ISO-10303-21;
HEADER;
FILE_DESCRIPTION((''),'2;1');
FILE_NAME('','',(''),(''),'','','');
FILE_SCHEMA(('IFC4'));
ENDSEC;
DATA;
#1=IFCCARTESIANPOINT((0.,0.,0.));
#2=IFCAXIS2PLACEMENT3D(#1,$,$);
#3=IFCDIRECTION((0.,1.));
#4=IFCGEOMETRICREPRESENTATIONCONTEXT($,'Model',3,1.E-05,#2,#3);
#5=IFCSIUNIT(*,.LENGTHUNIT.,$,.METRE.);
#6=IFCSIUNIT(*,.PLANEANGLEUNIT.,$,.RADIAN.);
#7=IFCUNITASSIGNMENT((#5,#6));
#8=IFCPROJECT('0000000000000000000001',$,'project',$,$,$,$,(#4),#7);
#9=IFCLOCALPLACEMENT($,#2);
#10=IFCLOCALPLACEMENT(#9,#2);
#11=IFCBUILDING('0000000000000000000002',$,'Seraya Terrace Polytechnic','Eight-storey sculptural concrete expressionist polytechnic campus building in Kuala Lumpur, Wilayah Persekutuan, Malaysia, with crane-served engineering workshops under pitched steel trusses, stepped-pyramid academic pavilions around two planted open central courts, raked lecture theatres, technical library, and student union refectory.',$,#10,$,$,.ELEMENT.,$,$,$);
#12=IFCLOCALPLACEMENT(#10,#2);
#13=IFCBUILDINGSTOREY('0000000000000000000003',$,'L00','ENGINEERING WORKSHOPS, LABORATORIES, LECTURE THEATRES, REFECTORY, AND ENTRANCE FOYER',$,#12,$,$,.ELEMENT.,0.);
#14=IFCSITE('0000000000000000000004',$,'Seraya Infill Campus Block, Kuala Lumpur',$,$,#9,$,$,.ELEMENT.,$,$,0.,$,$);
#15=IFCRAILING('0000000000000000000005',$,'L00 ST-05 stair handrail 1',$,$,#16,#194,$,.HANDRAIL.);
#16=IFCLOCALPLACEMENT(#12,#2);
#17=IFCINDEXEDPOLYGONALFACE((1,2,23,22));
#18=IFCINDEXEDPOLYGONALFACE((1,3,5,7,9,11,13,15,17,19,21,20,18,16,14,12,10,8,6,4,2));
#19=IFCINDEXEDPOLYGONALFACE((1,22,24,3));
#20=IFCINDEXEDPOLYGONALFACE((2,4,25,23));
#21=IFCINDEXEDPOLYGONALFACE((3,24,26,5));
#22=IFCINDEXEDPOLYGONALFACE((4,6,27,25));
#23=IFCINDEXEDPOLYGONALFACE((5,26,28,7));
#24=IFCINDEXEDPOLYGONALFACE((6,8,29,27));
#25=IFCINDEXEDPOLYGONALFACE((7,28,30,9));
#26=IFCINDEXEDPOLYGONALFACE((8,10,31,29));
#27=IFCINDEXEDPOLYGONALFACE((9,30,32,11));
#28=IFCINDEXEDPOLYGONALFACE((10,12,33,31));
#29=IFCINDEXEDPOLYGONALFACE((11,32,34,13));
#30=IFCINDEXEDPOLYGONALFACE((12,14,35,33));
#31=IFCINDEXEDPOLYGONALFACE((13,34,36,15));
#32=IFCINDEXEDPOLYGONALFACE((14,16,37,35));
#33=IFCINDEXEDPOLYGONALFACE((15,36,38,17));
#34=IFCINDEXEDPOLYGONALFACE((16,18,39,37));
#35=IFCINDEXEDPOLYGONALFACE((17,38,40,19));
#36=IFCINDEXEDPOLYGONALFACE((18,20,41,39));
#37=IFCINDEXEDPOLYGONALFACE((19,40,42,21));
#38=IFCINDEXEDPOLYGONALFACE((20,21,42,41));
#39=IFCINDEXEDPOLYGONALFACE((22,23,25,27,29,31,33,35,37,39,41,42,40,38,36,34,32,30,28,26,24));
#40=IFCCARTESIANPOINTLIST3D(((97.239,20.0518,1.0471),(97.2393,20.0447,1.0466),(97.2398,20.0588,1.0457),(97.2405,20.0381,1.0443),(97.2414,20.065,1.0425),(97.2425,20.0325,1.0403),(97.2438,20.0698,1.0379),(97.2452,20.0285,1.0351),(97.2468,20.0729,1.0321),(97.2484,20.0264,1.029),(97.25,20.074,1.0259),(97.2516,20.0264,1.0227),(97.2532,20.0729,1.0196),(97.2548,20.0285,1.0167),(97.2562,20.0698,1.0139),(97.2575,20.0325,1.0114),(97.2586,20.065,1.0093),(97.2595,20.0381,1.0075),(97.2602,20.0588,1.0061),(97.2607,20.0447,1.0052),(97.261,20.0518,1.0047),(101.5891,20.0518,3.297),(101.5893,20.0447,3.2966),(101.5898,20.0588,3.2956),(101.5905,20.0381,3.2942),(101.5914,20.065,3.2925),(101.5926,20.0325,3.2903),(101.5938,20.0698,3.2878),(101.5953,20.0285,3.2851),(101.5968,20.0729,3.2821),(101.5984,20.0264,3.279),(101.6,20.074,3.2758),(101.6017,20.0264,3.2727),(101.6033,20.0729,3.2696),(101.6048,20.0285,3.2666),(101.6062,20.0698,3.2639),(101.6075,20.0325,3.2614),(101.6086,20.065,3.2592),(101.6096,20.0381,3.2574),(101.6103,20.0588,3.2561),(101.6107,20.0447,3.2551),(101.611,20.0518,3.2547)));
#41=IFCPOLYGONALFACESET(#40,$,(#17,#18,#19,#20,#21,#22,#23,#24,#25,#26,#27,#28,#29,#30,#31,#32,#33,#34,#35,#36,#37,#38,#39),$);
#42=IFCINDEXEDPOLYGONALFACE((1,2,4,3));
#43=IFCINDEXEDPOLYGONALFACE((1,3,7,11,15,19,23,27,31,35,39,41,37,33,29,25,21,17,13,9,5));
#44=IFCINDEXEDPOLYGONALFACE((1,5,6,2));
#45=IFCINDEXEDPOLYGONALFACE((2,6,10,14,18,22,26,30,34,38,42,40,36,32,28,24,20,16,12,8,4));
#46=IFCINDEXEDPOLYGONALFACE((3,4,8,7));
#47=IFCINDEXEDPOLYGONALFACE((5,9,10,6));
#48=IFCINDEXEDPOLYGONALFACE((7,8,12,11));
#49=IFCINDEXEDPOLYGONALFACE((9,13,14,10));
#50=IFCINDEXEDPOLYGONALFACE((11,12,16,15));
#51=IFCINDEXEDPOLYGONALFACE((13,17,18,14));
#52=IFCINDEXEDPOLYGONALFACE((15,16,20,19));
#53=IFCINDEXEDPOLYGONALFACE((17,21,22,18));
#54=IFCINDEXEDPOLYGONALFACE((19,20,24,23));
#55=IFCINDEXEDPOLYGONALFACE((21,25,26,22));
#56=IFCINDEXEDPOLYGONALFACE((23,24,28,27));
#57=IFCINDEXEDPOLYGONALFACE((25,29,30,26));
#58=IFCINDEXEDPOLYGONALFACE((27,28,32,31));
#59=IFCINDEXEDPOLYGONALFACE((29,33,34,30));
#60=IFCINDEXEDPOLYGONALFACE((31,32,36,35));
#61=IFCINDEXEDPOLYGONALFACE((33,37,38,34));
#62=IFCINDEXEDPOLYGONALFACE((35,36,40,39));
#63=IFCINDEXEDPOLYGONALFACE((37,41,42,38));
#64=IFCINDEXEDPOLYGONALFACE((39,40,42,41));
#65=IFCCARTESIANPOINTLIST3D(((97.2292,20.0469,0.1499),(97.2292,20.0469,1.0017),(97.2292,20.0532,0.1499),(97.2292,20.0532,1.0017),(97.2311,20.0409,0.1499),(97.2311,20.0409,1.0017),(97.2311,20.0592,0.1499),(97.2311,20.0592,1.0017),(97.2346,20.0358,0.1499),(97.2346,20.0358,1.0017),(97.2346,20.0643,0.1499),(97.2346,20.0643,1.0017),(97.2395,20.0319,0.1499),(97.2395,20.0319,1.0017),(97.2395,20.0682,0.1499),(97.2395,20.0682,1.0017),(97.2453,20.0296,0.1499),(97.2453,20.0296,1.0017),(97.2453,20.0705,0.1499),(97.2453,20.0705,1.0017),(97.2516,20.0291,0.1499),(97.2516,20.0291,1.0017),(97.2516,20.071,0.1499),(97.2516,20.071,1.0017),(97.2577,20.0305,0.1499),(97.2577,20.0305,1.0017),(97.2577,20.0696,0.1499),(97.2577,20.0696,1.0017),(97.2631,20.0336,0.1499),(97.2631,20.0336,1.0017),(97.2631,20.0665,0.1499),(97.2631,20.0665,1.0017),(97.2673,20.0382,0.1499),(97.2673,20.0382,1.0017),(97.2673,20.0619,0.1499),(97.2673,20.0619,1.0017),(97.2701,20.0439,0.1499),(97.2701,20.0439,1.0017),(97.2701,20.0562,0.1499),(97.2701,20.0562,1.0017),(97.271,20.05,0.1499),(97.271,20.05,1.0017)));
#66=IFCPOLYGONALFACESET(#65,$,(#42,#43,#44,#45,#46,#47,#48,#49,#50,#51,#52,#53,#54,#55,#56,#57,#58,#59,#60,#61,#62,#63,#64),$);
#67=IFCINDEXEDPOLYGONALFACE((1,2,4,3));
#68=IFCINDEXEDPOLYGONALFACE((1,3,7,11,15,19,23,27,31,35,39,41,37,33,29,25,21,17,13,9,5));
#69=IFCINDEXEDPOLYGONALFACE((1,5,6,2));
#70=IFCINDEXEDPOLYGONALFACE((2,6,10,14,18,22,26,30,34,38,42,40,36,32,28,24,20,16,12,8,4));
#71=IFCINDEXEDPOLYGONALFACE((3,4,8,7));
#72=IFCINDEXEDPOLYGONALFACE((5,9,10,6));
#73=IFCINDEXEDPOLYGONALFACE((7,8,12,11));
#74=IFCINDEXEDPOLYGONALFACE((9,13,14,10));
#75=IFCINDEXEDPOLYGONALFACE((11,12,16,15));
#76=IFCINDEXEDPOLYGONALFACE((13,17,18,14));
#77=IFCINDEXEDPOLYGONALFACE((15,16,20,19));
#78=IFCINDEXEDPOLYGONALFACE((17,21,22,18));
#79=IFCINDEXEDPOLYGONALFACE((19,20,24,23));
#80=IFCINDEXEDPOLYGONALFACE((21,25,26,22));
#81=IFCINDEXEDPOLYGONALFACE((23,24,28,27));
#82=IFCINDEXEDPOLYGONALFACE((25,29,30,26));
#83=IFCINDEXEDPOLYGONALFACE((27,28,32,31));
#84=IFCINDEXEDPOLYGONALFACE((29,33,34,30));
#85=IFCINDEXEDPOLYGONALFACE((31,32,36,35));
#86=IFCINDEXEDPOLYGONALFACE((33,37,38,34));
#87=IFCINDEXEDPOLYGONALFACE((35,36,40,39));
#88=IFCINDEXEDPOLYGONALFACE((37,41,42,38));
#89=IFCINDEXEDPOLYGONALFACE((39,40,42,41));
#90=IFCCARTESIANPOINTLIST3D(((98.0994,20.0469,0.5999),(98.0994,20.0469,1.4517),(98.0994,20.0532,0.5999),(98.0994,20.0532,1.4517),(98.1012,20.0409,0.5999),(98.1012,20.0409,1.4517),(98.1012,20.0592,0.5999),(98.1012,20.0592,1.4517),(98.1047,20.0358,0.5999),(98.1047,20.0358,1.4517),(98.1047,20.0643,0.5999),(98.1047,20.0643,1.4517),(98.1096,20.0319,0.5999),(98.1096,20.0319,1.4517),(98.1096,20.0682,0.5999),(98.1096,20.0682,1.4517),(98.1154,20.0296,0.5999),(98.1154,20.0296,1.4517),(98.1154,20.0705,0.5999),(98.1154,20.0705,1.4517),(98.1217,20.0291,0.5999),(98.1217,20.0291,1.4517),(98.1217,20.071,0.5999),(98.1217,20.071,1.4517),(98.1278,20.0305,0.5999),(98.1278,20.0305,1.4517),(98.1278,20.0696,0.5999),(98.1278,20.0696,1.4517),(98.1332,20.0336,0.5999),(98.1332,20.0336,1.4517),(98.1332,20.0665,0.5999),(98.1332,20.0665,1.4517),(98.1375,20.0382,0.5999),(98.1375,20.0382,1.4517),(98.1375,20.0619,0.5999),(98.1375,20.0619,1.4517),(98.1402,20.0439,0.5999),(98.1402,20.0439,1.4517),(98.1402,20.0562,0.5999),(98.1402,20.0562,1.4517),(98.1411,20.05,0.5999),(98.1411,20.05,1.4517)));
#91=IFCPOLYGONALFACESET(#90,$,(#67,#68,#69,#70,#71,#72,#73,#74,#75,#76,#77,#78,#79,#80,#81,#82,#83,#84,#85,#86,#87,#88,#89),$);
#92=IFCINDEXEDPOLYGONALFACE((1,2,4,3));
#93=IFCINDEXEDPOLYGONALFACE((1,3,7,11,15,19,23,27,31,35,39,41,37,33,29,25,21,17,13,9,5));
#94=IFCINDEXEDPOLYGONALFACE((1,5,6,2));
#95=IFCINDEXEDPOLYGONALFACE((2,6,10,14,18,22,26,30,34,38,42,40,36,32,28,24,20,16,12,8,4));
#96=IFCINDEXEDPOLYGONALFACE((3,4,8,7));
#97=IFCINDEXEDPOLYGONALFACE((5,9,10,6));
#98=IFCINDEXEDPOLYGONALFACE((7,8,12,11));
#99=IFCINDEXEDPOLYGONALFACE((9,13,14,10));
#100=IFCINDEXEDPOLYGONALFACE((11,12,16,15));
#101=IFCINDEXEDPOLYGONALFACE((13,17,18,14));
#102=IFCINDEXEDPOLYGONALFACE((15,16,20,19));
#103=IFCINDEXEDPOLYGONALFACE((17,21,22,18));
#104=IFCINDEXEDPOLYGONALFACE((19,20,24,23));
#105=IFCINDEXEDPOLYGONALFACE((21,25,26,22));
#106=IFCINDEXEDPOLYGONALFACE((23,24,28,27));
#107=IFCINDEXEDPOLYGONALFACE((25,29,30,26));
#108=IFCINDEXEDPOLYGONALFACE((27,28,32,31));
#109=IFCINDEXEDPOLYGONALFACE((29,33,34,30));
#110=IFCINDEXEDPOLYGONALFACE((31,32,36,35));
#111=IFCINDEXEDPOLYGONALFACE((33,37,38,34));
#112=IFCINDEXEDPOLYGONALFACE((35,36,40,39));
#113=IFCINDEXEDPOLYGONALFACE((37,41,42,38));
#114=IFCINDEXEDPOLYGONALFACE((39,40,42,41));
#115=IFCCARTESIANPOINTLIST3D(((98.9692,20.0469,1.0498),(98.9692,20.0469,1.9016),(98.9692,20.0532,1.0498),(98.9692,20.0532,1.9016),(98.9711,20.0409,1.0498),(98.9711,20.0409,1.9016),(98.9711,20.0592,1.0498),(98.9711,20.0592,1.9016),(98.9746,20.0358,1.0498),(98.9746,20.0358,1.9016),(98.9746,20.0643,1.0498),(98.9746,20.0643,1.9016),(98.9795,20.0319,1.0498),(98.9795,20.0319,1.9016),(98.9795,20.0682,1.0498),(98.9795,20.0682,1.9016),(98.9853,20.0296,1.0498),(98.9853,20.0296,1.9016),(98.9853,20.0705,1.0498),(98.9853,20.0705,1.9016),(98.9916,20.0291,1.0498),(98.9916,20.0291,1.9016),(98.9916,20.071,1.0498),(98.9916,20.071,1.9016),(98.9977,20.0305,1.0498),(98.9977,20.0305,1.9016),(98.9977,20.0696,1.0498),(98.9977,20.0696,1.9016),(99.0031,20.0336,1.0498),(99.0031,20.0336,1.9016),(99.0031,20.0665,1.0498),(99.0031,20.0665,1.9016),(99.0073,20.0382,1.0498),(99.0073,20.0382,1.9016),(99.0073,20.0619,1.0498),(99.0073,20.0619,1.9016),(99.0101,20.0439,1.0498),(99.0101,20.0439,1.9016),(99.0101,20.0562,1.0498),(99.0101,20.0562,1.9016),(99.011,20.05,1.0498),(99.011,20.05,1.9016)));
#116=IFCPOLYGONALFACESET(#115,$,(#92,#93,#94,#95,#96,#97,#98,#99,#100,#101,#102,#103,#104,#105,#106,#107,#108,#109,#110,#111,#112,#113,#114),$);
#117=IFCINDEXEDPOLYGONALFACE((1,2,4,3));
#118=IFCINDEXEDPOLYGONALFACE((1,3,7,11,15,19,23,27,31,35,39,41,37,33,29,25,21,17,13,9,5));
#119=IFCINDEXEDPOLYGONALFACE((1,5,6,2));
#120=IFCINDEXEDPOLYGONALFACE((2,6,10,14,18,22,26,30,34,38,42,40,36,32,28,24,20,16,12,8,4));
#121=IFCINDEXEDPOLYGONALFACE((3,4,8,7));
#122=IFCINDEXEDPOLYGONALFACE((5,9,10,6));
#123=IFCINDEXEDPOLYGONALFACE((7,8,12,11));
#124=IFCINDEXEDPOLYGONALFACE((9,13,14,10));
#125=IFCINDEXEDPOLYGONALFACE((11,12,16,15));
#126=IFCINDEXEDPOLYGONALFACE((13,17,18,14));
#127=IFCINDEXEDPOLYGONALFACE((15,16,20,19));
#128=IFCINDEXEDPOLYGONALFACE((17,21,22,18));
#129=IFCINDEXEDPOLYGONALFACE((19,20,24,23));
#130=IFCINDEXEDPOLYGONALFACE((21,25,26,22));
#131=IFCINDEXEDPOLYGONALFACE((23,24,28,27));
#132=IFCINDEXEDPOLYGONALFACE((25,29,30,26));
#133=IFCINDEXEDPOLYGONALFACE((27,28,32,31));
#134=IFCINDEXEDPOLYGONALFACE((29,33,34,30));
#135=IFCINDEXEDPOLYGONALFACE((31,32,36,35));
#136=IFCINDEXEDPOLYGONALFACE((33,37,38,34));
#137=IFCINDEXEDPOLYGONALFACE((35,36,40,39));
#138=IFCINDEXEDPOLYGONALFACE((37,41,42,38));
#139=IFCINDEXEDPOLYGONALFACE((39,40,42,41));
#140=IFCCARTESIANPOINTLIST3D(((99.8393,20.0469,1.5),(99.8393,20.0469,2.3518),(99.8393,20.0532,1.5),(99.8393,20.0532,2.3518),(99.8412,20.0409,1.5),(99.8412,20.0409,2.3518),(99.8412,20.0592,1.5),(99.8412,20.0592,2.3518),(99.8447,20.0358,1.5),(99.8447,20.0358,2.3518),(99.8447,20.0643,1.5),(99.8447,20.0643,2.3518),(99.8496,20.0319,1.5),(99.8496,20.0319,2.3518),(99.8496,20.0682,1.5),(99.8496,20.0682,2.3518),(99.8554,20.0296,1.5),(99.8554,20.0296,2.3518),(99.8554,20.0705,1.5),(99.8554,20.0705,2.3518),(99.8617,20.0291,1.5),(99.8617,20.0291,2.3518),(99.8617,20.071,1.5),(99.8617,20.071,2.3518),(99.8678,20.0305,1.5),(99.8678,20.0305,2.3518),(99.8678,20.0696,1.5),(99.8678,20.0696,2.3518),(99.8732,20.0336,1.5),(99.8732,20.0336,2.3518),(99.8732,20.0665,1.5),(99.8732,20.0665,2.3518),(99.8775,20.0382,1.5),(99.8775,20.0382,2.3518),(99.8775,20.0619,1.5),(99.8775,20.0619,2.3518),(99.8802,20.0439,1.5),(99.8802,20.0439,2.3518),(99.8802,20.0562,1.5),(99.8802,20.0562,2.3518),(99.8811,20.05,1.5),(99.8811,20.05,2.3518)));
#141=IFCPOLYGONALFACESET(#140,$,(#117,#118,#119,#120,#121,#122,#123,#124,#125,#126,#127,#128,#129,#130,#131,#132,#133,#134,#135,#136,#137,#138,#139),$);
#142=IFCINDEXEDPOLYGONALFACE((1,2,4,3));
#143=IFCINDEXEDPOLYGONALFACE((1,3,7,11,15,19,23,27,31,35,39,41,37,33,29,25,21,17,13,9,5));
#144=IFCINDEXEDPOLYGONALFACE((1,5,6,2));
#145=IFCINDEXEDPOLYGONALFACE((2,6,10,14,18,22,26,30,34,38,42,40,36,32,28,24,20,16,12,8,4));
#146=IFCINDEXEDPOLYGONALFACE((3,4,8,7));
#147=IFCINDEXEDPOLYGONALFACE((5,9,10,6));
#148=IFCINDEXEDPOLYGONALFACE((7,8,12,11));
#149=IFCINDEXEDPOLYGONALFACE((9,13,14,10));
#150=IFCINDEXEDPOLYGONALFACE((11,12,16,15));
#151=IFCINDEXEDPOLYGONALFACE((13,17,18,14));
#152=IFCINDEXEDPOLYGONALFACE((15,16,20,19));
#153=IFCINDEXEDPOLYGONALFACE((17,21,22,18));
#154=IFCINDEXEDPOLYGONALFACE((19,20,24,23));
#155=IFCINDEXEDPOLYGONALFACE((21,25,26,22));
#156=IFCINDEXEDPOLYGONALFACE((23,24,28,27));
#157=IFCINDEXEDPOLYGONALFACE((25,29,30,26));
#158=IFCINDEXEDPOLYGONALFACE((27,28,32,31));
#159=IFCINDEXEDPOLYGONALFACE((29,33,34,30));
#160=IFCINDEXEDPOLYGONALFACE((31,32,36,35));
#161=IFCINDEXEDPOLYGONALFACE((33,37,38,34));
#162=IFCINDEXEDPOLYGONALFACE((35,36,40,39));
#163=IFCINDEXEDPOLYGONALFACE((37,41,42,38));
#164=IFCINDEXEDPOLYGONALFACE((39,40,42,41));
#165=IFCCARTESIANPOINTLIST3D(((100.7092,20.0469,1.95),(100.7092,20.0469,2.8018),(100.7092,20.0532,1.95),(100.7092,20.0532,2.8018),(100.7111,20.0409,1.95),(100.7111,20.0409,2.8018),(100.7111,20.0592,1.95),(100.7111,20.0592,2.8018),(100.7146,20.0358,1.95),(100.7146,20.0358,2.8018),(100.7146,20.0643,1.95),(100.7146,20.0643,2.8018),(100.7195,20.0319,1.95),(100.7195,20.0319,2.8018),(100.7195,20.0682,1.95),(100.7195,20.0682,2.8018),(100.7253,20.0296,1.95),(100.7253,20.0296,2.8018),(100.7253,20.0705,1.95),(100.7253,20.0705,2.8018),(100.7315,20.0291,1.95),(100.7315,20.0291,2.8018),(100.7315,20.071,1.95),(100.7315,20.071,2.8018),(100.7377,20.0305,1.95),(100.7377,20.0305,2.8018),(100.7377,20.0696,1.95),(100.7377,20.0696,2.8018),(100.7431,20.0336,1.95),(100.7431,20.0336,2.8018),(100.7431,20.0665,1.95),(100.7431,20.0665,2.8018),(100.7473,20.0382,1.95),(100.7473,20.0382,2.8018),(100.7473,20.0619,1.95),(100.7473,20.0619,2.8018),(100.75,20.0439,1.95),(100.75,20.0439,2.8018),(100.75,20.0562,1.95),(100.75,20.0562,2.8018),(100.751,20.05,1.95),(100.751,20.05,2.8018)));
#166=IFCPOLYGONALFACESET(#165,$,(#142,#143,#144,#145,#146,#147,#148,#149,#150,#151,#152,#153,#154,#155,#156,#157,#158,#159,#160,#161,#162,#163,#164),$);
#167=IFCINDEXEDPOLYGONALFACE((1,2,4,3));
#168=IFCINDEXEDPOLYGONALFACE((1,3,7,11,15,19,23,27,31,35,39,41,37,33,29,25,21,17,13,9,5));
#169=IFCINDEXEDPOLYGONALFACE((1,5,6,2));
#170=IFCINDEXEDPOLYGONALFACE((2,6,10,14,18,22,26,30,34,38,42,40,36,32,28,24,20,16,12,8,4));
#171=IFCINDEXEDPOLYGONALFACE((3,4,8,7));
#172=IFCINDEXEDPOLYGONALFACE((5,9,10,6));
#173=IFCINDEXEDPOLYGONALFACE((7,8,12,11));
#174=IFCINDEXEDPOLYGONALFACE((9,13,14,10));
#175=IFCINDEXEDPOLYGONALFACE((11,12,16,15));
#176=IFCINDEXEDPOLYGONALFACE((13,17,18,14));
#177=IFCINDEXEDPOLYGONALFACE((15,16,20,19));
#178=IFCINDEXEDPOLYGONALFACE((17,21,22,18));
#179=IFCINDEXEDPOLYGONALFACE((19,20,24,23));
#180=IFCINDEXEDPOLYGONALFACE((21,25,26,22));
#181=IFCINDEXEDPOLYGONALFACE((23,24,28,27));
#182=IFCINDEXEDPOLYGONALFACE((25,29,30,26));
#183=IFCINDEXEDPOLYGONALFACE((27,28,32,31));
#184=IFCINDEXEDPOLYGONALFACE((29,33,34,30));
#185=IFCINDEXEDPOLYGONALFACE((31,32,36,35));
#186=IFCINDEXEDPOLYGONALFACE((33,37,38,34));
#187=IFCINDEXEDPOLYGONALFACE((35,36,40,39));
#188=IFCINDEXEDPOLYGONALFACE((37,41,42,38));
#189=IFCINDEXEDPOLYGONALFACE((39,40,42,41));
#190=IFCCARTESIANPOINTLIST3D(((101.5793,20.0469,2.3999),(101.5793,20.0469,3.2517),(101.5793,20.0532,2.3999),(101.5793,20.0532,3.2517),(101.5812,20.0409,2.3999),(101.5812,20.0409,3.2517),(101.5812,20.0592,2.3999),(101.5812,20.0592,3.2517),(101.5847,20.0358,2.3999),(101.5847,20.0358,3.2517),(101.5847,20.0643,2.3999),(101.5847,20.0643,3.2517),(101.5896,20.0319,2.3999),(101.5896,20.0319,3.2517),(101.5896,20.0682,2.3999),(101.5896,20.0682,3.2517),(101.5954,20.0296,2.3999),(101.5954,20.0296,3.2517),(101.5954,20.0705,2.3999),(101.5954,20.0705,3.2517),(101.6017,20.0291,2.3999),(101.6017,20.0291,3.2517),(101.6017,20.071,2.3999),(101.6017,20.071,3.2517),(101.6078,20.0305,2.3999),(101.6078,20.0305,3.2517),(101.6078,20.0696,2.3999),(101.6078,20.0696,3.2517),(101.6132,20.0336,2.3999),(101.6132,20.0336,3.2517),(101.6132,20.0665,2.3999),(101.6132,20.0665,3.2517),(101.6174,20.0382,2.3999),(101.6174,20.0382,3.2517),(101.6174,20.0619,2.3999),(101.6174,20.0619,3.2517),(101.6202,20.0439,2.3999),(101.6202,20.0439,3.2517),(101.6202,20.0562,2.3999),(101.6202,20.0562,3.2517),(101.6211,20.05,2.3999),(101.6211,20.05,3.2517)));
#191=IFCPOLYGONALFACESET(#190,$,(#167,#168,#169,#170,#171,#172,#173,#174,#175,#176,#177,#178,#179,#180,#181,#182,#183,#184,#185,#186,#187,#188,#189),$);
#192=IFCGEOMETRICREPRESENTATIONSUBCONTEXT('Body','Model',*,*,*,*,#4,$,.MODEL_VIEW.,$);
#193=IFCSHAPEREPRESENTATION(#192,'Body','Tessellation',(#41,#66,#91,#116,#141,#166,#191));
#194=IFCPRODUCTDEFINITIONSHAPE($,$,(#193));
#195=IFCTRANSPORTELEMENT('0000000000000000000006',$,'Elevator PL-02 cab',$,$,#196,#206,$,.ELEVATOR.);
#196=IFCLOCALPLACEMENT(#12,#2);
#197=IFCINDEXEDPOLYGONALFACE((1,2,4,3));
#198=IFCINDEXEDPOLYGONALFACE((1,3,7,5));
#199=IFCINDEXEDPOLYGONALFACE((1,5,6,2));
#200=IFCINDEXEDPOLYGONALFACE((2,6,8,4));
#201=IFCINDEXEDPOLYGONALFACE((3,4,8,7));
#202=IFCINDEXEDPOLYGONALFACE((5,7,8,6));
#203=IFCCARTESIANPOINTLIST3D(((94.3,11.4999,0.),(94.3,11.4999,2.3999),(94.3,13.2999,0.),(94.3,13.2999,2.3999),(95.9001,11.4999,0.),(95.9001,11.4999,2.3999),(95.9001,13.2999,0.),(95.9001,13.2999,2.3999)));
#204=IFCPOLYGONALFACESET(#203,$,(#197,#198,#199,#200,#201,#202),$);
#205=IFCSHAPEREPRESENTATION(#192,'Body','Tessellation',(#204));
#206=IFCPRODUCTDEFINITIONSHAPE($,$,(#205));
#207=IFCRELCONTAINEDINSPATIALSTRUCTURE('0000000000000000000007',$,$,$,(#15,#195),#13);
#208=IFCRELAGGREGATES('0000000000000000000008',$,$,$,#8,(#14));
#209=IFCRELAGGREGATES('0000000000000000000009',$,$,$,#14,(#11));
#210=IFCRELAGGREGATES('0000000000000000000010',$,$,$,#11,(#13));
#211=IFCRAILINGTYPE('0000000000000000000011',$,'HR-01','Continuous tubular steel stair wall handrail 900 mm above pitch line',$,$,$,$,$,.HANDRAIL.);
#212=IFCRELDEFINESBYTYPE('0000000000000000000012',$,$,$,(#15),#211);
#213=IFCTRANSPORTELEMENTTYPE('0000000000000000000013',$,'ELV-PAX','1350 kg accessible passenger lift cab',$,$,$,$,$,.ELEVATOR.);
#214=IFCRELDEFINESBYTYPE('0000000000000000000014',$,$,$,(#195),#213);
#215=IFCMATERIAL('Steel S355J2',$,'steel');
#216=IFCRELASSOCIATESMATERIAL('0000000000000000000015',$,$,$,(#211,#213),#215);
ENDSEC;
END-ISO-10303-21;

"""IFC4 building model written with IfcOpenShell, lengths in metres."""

from ifc_helpers import new_model, si_unit, direction, frame, origin, origin_2d, place, context, subcontext, project, spatial, rectangle, circle, extrude, material, type_object, element, save


model = new_model("IFC4")

# Units and contexts
model_context = context("Model", 3, precision=1e-05, world=origin(), true_north=direction((0.0, 1.0)))
body_context = subcontext(model_context, "Body", "Model", "MODEL_VIEW")
ifc_project = project(units=[si_unit("LENGTHUNIT", "METRE"), si_unit("PLANEANGLEUNIT", "RADIAN")], contexts=[model_context])

# Site, building, storey
site_placement = place(None, origin())
site = spatial("IfcSite", under=ifc_project, at=site_placement, Name="Seraya Infill Campus Block, Kuala Lumpur", CompositionType="ELEMENT", RefElevation=0.0)
building_placement = place(site_placement, origin())
building = spatial("IfcBuilding", under=site, at=building_placement, Name="Seraya Terrace Polytechnic", Description="Eight-storey sculptural concrete expressionist polytechnic campus building in Kuala Lumpur, Wilayah Persekutuan, Malaysia, with crane-served engineering workshops under pitched steel trusses, stepped-pyramid academic pavilions around two planted open central courts, raked lecture theatres, technical library, and student union refectory.", CompositionType="ELEMENT")
storey_placement = place(building_placement, origin())
storey = spatial("IfcBuildingStorey", under=building, at=storey_placement, Name="L00", Description="ENGINEERING WORKSHOPS, LABORATORIES, LECTURE THEATRES, REFECTORY, AND ENTRANCE FOYER", CompositionType="ELEMENT", Elevation=0.0)

# Shared definitions
ifc_material_1 = material(Name="Steel S355J2", Category="steel")

# Railing
railing_type = type_object("IfcRailingType", Name="HR-01", Description="Continuous tubular steel stair wall handrail 900 mm above pitch line", PredefinedType="HANDRAIL", material=ifc_material_1)
railing_placement = place(storey_placement, frame((97.25, 20.05, 0.1499)))
element("IfcRailing", 1, at=railing_placement, inside=storey, type_object=railing_type, Name="L00 ST-05 stair handrail 1", PredefinedType="HANDRAIL", context=body_context, shape_type="SweptSolid", body=[
    extrude(circle(Radius=0.0239, at=origin_2d()), frame((0.0, 0.0, 0.876), z_axis=(0.888222, 0.0, 0.459415), x_axis=(0.0, 1.0, 0.0)), (0.0, 0.0, 1.0), 4.8975),
    extrude(circle(Radius=0.021, at=origin_2d()), origin(), (0.0, 0.0, 1.0), 0.8518),
    extrude(circle(Radius=0.021, at=origin_2d()), frame((0.8701, 0.0, 0.45)), (0.0, 0.0, 1.0), 0.8518),
    extrude(circle(Radius=0.021, at=origin_2d()), frame((1.74, 0.0, 0.8999)), (0.0, 0.0, 1.0), 0.8518),
    extrude(circle(Radius=0.021, at=origin_2d()), frame((2.6101, 0.0, 1.3501)), (0.0, 0.0, 1.0), 0.8518),
    extrude(circle(Radius=0.021, at=origin_2d()), frame((3.48, 0.0, 1.8)), (0.0, 0.0, 1.0), 0.8518),
    extrude(circle(Radius=0.021, at=origin_2d()), frame((4.3501, 0.0, 2.25)), (0.0, 0.0, 1.0), 0.8518),
])

# Transport element
transport_element_type = type_object("IfcTransportElementType", Name="ELV-PAX", Description="1350 kg accessible passenger lift cab", PredefinedType="ELEVATOR", material=ifc_material_1)
transport_element_placement = place(storey_placement, frame((95.1001, 12.3999, 0.0), z_axis=(0.0, 0.0, 1.0), x_axis=(1.0, 0.0, 0.0)))
element("IfcTransportElement", 2, at=transport_element_placement, inside=storey, type_object=transport_element_type, Name="Elevator PL-02 cab", PredefinedType="ELEVATOR", context=body_context, shape_type="SweptSolid", body=[
    extrude(rectangle(XDim=1.6001, YDim=1.8, at=origin_2d()), origin(), (0.0, 0.0, 1.0), 2.3999),
])

save(model, "model.ifc")
